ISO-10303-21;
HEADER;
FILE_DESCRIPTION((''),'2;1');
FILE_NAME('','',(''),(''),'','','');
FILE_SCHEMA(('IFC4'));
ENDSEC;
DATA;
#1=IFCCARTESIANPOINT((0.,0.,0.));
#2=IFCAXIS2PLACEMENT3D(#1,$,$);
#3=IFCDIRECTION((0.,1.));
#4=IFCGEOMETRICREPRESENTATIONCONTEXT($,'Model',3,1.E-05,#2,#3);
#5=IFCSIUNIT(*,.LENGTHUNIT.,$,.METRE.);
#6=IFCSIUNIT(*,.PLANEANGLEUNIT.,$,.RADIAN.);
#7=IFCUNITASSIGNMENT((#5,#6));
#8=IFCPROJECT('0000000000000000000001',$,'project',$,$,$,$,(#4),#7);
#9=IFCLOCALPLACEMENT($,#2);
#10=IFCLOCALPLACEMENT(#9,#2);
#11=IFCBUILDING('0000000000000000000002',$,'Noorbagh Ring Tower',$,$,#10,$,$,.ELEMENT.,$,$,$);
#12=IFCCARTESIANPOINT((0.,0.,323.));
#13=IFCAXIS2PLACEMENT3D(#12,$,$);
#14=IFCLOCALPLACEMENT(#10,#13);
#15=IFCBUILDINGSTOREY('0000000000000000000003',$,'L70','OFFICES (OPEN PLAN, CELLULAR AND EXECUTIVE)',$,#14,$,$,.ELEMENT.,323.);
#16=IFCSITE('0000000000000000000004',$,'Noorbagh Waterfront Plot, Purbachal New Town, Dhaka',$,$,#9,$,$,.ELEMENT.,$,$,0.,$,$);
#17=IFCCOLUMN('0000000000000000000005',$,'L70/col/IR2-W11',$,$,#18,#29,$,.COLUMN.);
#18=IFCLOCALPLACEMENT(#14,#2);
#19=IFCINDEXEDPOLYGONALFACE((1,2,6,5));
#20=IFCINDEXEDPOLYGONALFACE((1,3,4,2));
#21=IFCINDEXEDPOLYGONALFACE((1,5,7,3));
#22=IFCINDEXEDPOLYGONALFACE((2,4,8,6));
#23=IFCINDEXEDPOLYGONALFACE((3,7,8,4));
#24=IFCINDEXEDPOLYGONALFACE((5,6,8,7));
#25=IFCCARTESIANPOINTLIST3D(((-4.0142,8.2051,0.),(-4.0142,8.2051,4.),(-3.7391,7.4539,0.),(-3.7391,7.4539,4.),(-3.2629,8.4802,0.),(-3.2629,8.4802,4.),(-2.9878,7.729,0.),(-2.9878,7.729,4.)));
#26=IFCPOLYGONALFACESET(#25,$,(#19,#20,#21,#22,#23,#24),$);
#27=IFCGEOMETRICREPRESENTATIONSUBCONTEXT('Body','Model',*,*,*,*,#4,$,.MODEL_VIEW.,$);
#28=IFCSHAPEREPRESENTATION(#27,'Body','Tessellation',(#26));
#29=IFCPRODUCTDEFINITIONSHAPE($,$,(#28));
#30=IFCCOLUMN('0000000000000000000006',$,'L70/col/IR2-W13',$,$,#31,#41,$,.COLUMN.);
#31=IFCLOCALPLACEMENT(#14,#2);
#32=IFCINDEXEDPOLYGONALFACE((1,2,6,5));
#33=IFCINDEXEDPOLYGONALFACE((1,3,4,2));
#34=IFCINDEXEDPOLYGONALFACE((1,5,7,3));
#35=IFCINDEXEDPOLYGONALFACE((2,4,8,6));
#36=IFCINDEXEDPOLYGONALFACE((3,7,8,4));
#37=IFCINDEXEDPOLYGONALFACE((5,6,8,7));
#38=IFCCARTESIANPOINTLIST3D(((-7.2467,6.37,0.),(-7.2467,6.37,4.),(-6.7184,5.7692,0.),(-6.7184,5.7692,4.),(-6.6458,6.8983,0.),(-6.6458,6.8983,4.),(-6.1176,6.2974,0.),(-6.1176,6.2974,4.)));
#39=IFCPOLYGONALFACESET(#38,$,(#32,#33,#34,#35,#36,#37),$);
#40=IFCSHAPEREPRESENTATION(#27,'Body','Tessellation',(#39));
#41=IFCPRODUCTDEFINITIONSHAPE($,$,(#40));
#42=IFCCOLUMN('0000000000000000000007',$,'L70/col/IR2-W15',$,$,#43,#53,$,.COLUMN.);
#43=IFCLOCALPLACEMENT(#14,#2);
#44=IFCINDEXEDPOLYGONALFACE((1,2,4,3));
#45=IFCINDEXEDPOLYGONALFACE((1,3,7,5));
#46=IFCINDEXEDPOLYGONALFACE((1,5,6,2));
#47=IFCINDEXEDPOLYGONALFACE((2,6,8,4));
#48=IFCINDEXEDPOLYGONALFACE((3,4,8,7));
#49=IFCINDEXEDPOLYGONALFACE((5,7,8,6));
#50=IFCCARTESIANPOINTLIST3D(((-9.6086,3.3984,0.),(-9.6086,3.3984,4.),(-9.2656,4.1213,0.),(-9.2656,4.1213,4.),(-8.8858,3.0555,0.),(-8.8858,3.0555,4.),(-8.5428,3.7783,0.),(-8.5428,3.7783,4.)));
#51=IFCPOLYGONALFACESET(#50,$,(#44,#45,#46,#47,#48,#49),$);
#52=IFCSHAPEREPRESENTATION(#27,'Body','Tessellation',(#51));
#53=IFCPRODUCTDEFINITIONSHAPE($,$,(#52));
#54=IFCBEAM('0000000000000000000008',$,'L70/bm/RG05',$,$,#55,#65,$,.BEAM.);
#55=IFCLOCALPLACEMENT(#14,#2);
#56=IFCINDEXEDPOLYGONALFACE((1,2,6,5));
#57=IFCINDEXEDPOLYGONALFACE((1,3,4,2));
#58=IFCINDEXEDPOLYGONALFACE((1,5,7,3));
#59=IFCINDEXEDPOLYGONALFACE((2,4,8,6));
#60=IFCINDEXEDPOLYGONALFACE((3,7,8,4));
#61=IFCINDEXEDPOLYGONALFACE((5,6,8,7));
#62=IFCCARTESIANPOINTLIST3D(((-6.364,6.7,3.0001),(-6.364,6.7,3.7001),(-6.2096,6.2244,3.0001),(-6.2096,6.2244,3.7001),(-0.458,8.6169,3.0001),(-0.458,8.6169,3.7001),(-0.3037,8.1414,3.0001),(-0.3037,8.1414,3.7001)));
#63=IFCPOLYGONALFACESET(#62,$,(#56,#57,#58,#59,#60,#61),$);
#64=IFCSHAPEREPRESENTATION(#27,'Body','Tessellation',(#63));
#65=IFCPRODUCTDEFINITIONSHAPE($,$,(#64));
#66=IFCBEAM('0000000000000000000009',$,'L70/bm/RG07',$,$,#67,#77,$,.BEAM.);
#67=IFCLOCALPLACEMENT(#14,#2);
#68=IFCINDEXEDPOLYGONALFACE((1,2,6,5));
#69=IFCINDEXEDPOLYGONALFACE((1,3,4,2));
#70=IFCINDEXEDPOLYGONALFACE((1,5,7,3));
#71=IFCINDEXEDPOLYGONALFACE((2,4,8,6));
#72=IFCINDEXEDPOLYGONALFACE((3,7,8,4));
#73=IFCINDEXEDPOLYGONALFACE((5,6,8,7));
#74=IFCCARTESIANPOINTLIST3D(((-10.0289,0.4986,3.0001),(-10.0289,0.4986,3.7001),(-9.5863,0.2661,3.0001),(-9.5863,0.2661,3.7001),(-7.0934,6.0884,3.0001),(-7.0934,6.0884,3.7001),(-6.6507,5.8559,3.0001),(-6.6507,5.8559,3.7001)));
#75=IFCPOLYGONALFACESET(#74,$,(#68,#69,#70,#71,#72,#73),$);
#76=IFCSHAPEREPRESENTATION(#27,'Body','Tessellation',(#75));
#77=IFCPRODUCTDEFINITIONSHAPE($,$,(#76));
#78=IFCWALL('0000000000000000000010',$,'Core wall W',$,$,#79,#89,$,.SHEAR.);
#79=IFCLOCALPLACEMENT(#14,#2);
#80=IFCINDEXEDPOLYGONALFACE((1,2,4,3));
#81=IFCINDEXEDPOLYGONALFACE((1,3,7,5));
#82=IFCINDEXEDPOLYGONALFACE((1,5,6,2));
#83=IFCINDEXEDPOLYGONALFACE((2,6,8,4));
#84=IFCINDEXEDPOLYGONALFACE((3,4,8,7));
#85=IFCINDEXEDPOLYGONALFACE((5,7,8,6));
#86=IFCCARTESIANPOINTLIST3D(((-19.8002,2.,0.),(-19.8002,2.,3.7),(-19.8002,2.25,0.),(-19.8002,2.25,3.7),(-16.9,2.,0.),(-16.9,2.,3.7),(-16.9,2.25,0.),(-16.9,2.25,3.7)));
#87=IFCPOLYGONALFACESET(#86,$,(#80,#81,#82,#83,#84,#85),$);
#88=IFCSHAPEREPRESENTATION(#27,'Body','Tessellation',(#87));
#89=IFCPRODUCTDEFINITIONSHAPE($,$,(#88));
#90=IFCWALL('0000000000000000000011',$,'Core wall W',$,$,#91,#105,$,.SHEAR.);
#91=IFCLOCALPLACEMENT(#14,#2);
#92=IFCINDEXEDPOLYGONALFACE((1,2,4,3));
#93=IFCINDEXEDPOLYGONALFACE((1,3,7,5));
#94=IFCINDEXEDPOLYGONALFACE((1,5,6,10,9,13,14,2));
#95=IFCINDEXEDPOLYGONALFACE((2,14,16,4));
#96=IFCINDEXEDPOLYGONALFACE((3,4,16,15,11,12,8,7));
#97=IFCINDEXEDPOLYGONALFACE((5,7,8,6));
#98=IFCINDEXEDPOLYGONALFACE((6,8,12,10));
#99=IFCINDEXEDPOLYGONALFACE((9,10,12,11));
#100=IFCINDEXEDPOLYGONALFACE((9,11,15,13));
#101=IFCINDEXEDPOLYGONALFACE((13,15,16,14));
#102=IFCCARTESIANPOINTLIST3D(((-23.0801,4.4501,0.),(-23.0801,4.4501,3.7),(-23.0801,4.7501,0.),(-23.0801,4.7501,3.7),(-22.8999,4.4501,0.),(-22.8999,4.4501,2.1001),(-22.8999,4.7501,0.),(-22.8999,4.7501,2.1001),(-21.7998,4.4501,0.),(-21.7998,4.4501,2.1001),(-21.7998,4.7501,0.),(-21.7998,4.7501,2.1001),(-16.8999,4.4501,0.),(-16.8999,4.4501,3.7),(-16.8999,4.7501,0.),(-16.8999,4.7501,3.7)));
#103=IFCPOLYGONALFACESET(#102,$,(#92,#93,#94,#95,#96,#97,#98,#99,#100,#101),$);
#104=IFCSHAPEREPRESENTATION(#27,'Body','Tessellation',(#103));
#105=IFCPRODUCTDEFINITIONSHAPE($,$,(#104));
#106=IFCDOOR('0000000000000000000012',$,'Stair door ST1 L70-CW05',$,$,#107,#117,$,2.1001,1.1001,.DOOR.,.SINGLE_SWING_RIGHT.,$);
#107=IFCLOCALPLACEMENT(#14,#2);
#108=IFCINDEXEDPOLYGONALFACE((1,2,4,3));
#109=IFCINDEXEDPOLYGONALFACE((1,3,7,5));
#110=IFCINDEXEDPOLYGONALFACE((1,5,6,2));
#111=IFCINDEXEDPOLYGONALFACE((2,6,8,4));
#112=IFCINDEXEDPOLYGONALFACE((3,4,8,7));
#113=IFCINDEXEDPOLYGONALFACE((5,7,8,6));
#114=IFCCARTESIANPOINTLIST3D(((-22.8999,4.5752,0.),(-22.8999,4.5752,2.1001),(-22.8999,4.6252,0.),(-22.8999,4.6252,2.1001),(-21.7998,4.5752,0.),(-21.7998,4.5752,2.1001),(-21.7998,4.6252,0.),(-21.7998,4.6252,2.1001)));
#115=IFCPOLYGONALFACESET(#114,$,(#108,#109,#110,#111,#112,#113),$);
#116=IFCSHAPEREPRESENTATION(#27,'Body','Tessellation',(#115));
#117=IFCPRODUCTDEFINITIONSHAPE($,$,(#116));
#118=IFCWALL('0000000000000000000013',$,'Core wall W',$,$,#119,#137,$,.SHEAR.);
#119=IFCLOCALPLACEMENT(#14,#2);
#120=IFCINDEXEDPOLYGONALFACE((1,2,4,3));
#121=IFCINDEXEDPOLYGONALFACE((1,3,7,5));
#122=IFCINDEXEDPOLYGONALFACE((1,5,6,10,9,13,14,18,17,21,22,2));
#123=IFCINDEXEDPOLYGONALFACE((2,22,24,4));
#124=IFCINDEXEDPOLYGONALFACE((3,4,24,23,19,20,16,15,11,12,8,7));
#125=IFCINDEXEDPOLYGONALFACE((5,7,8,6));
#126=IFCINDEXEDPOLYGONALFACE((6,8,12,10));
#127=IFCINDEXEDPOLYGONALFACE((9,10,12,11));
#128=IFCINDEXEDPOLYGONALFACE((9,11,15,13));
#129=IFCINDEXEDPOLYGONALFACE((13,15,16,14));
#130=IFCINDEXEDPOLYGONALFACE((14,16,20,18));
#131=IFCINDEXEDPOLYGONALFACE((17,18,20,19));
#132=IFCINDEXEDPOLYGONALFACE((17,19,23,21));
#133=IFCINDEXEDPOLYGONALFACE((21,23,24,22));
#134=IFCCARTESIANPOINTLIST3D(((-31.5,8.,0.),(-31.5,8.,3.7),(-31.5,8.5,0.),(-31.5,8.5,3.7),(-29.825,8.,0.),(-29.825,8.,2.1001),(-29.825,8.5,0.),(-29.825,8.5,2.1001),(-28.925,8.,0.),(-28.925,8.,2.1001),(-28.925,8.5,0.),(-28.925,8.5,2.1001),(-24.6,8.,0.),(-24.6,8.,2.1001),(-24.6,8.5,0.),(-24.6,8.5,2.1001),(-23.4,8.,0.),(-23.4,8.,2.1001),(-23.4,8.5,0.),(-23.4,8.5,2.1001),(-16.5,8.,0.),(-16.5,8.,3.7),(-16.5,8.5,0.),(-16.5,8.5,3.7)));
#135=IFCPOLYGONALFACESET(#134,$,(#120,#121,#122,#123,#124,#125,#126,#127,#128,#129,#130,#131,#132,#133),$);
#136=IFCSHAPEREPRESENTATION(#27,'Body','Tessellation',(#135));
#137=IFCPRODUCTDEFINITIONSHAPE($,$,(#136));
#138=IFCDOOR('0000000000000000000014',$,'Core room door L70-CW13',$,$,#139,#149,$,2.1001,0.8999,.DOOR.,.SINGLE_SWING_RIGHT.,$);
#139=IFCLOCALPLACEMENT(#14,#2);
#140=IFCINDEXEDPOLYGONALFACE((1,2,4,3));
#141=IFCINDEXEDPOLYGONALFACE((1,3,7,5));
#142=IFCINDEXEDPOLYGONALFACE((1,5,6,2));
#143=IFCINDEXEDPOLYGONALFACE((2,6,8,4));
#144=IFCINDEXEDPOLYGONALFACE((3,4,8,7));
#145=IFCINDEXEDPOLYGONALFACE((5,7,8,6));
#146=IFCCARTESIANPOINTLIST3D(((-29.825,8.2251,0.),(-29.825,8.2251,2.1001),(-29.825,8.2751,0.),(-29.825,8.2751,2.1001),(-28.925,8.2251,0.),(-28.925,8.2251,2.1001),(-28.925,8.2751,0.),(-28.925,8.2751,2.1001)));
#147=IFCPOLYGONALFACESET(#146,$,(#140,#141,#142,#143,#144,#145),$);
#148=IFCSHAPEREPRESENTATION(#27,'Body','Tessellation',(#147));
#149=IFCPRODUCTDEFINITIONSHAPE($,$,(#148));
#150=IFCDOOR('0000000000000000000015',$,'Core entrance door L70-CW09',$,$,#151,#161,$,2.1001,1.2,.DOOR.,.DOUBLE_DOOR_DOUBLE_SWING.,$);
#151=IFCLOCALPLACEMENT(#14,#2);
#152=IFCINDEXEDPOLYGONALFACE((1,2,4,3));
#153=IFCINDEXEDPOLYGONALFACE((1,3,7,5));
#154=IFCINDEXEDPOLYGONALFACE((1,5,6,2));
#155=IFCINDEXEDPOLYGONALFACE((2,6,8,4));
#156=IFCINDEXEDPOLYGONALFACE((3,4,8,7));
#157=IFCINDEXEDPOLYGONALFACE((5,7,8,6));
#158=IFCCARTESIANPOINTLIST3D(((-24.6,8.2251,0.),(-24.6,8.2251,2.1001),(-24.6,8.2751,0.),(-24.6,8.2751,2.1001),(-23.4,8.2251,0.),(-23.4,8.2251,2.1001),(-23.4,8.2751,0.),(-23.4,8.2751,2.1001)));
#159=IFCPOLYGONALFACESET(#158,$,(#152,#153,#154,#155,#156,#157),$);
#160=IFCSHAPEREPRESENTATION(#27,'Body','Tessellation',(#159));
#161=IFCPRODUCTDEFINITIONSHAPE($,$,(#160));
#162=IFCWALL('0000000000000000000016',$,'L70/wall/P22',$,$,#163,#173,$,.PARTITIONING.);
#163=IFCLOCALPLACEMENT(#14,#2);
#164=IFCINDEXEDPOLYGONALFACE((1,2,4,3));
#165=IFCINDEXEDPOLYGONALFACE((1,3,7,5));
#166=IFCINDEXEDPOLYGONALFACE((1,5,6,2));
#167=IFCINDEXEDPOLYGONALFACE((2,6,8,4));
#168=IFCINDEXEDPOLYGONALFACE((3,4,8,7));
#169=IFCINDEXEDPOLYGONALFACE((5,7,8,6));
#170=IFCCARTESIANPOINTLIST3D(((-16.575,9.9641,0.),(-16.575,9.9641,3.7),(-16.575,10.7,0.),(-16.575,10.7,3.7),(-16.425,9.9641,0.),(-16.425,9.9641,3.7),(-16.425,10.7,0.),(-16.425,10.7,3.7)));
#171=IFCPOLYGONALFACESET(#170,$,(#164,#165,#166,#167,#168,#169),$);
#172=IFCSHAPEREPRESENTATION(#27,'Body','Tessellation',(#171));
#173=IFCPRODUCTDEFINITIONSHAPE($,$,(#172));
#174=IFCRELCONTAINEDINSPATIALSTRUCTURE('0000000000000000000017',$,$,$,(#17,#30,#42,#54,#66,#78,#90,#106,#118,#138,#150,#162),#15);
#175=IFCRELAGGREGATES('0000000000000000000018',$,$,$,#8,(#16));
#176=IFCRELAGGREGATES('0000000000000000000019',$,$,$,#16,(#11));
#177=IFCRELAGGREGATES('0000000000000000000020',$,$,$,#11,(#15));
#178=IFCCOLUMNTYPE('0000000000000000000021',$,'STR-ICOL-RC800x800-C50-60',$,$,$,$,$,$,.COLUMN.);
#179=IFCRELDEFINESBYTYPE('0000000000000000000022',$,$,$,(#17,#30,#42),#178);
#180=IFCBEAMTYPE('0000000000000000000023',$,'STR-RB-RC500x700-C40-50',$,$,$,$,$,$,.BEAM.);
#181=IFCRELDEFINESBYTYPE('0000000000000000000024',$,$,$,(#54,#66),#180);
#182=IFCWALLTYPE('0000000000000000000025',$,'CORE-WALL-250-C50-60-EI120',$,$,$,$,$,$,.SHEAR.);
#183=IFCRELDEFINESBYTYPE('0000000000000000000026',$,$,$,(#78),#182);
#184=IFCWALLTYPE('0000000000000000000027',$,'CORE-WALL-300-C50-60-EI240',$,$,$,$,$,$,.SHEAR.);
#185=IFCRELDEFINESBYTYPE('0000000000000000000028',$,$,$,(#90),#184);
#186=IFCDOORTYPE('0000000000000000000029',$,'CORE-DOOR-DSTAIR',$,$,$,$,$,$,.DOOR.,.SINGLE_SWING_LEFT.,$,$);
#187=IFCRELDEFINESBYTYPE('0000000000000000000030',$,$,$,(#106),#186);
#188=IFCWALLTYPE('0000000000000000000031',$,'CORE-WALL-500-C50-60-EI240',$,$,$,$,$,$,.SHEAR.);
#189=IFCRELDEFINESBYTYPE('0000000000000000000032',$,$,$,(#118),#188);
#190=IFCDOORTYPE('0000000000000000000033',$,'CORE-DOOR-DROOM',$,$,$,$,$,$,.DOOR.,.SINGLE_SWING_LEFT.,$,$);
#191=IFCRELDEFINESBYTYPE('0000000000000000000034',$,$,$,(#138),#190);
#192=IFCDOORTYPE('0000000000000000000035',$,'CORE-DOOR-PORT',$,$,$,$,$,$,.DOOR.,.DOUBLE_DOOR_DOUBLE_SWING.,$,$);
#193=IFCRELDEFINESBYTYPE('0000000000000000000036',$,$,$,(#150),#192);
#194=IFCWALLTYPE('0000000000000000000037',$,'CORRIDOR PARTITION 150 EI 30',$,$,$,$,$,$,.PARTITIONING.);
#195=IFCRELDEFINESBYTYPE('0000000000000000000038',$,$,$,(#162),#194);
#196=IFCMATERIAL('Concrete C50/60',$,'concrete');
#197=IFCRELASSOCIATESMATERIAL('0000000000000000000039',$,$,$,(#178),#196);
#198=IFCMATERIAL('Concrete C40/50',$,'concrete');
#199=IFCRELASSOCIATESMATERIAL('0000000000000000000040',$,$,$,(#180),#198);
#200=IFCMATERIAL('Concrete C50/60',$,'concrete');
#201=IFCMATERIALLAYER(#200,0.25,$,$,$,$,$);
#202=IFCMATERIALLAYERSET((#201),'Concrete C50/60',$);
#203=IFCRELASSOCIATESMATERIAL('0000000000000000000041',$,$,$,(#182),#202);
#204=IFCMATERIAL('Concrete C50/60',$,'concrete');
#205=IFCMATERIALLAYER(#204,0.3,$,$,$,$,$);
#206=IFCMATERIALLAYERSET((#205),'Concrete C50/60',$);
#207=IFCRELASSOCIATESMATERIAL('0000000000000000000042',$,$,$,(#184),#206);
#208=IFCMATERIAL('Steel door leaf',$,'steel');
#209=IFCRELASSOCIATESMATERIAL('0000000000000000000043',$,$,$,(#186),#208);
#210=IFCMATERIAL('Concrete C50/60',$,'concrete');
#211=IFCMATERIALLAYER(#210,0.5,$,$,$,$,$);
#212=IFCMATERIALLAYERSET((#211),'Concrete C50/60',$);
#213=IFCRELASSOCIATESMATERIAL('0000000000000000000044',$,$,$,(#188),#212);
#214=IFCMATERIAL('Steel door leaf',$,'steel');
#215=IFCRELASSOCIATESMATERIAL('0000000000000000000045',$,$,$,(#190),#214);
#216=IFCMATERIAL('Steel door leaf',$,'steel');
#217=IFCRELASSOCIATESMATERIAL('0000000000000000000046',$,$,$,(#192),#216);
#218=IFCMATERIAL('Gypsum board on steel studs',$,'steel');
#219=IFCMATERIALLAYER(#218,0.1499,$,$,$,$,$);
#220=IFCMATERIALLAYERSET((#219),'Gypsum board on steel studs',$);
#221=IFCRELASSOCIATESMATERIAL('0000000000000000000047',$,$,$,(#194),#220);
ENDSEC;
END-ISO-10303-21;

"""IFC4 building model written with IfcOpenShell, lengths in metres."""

from ifc_helpers import new_model, si_unit, direction, frame, frame_2d, origin, origin_2d, place, context, subcontext, project, spatial, rectangle, extrude, material, layer, layer_set, material_profile, profile_set, type_object, element, fill, save


model = new_model("IFC4")

# Units and contexts
model_context = context("Model", 3, precision=1e-05, world=origin(), true_north=direction((0.0, 1.0)))
body_context = subcontext(model_context, "Body", "Model", "MODEL_VIEW")
ifc_project = project(units=[si_unit("LENGTHUNIT", "METRE"), si_unit("PLANEANGLEUNIT", "RADIAN")], contexts=[model_context])

# Site, building, storey
site_placement = place(None, origin())
site = spatial("IfcSite", under=ifc_project, at=site_placement, Name="Noorbagh Waterfront Plot, Purbachal New Town, Dhaka", CompositionType="ELEMENT", RefElevation=0.0)
building_placement = place(site_placement, origin())
building = spatial("IfcBuilding", under=site, at=building_placement, Name="Noorbagh Ring Tower", CompositionType="ELEMENT")
storey_placement = place(building_placement, frame((0.0, 0.0, 323.0)))
storey = spatial("IfcBuildingStorey", under=building, at=storey_placement, Name="L70", Description="OFFICES (OPEN PLAN, CELLULAR AND EXECUTIVE)", CompositionType="ELEMENT", Elevation=323.0)

# Columns
ifc_material_1 = material(Name="Concrete C50/60", Category="concrete")
ifc_material_profile_1 = material_profile(ifc_material_1, rectangle(XDim=0.8, YDim=0.8, at=origin_2d()), Name="RC800x800")
ifc_profile_set_1 = profile_set([ifc_material_profile_1], Name="Concrete C50/60")
column_type = type_object("IfcColumnType", Name="STR-ICOL-RC800x800-C50-60", PredefinedType="COLUMN", material=ifc_profile_set_1)
for number, where, z_axis, x_axis, name in (
    (1, (-3.501, 7.967, 0.0), (0.0, 0.0, 1.0), (-0.93902, -0.343864, 0.0), "L70/col/IR2-W11"),
    (2, (-6.6821, 6.3337, 0.0), (0.0, 0.0, 1.0), (-0.751022, -0.660277, 0.0), "L70/col/IR2-W13"),
    (3, (-9.0757, 3.5884, 0.0), (0.0, 0.0, 1.0), (-0.428667, -0.903463, 0.0), "L70/col/IR2-W15"),
):
    element("IfcColumn", number, at=place(storey_placement, frame(where, z_axis=z_axis, x_axis=x_axis)), inside=storey, type_object=column_type, Name=name, PredefinedType="COLUMN", context=body_context, shape_type="SweptSolid", body=[
        extrude(rectangle(XDim=0.8, YDim=0.8, at=origin_2d()), origin(), (0.0, 0.0, 1.0), 4.0),
    ])

# Beams
ifc_material_2 = material(Name="Concrete C40/50", Category="concrete")
ifc_material_profile_2 = material_profile(ifc_material_2, rectangle(XDim=0.5, YDim=0.7, at=origin_2d()), Name="RC500x700")
ifc_profile_set_2 = profile_set([ifc_material_profile_2], Name="Concrete C40/50")
beam_type = type_object("IfcBeamType", Name="STR-RB-RC500x700-C40-50", PredefinedType="BEAM", material=ifc_profile_set_2)
beam_1_placement = place(storey_placement, frame((-0.3809, 8.3792, 3.3501), z_axis=(-0.95115, -0.308728, 0.0), x_axis=(0.308728, -0.95115, 0.0)))
element("IfcBeam", 4, at=beam_1_placement, inside=storey, type_object=beam_type, Name="L70/bm/RG05", PredefinedType="BEAM", context=body_context, shape_type="SweptSolid", body=[
    extrude(rectangle(XDim=0.5, YDim=0.7, at=origin_2d()), origin(), (0.0, 0.0, 1.0), 6.2092),
])
beam_2_placement = place(storey_placement, frame((-6.8721, 5.9722, 3.3501), z_axis=(-0.464943, -0.885341, 0.0), x_axis=(0.885341, -0.464943, 0.0)))
element("IfcBeam", 5, at=beam_2_placement, inside=storey, type_object=beam_type, Name="L70/bm/RG07", PredefinedType="BEAM", context=body_context, shape_type="SweptSolid", body=[
    extrude(rectangle(XDim=0.5, YDim=0.7, at=origin_2d()), origin(), (0.0, 0.0, 1.0), 6.3137),
])

# Wall
ifc_material_3 = material(Name="Concrete C50/60", Category="concrete")
ifc_layer_1 = layer(ifc_material_3, 0.25)
ifc_layer_set_1 = layer_set([ifc_layer_1], Name="Concrete C50/60")
wall_type_1 = type_object("IfcWallType", Name="CORE-WALL-250-C50-60-EI120", PredefinedType="SHEAR", material=ifc_layer_set_1)
wall_1_placement = place(storey_placement, frame((-16.8999, 2.125, 0.0), z_axis=(0.0, 0.0, 1.0), x_axis=(-1.0, 0.0, 0.0)))
element("IfcWall", 6, at=wall_1_placement, inside=storey, type_object=wall_type_1, Name="Core wall W", PredefinedType="SHEAR", context=body_context, shape_type="SweptSolid", body=[
    extrude(rectangle(XDim=2.9001, YDim=0.25, at=frame_2d((1.4502, 0.0))), origin(), (0.0, 0.0, 1.0), 3.7),
])

# Wall, opening, door
ifc_material_4 = material(Name="Concrete C50/60", Category="concrete")
ifc_layer_2 = layer(ifc_material_4, 0.3)
ifc_layer_set_2 = layer_set([ifc_layer_2], Name="Concrete C50/60")
wall_type_2 = type_object("IfcWallType", Name="CORE-WALL-300-C50-60-EI240", PredefinedType="SHEAR", material=ifc_layer_set_2)
wall_2_placement = place(storey_placement, frame((-16.8999, 4.6001, 0.0), z_axis=(0.0, 0.0, 1.0), x_axis=(-1.0, 0.0, 0.0)))
wall_2 = element("IfcWall", 7, at=wall_2_placement, inside=storey, type_object=wall_type_2, Name="Core wall W", PredefinedType="SHEAR", context=body_context, shape_type="SweptSolid", body=[
    extrude(rectangle(XDim=6.1802, YDim=0.3, at=frame_2d((3.0901, 0.0))), origin(), (0.0, 0.0, 1.0), 3.7),
])
opening_1_placement = place(wall_2_placement, frame((4.8999, 0.0, 0.0)))
opening_1 = element("IfcOpeningElement", 8, at=opening_1_placement, cuts=wall_2, PredefinedType="OPENING", context=body_context, shape_type="SweptSolid", body=[
    extrude(rectangle(XDim=1.1001, YDim=2.1001, at=frame_2d((0.55, 1.05))), frame((0.0, 0.1602, 0.0), z_axis=(0.0, -1.0, 0.0), x_axis=(1.0, 0.0, 0.0)), (0.0, 0.0, 1.0), 0.3201),
])
ifc_material_5 = material(Name="Steel door leaf", Category="steel")
door_type_1 = type_object("IfcDoorType", Name="CORE-DOOR-DSTAIR", OperationType="SINGLE_SWING_LEFT", PredefinedType="DOOR", material=ifc_material_5)
door_1_placement = place(opening_1_placement, origin())
door_1 = element("IfcDoor", 9, at=door_1_placement, inside=storey, type_object=door_type_1, Name="Stair door ST1 L70-CW05", OperationType="SINGLE_SWING_RIGHT", OverallHeight=2.1001, OverallWidth=1.1001, PredefinedType="DOOR", context=body_context, shape_type="SweptSolid", body=[
    extrude(rectangle(XDim=1.1001, YDim=2.1001, at=frame_2d((0.55, 1.05))), frame((0.0, 0.0249, 0.0), z_axis=(0.0, -1.0, 0.0), x_axis=(1.0, 0.0, 0.0)), (0.0, 0.0, 1.0), 0.05),
])
fill(opening_1, door_1)

# Wall, openings, doors
ifc_material_6 = material(Name="Concrete C50/60", Category="concrete")
ifc_layer_3 = layer(ifc_material_6, 0.5)
ifc_layer_set_3 = layer_set([ifc_layer_3], Name="Concrete C50/60")
wall_type_3 = type_object("IfcWallType", Name="CORE-WALL-500-C50-60-EI240", PredefinedType="SHEAR", material=ifc_layer_set_3)
wall_3_placement = place(storey_placement, frame((-16.5, 8.25, 0.0), z_axis=(0.0, 0.0, 1.0), x_axis=(-1.0, 0.0, 0.0)))
wall_3 = element("IfcWall", 10, at=wall_3_placement, inside=storey, type_object=wall_type_3, Name="Core wall W", PredefinedType="SHEAR", context=body_context, shape_type="SweptSolid", body=[
    extrude(rectangle(XDim=15.0, YDim=0.5, at=frame_2d((7.5, 0.0))), origin(), (0.0, 0.0, 1.0), 3.7),
])
opening_2_placement = place(wall_3_placement, frame((6.8999, 0.0, 0.0)))
opening_2 = element("IfcOpeningElement", 11, at=opening_2_placement, cuts=wall_3, PredefinedType="OPENING", context=body_context, shape_type="SweptSolid", body=[
    extrude(rectangle(XDim=1.2, YDim=2.1001, at=frame_2d((0.6001, 1.05))), frame((0.0, 0.26, 0.0), z_axis=(0.0, -1.0, 0.0), x_axis=(1.0, 0.0, 0.0)), (0.0, 0.0, 1.0), 0.52),
])
opening_3_placement = place(wall_3_placement, frame((12.425, 0.0, 0.0)))
opening_3 = element("IfcOpeningElement", 12, at=opening_3_placement, cuts=wall_3, PredefinedType="OPENING", context=body_context, shape_type="SweptSolid", body=[
    extrude(rectangle(XDim=0.8999, YDim=2.1001, at=frame_2d((0.45, 1.05))), frame((0.0, 0.26, 0.0), z_axis=(0.0, -1.0, 0.0), x_axis=(1.0, 0.0, 0.0)), (0.0, 0.0, 1.0), 0.52),
])
ifc_material_7 = material(Name="Steel door leaf", Category="steel")
door_type_2 = type_object("IfcDoorType", Name="CORE-DOOR-DROOM", OperationType="SINGLE_SWING_LEFT", PredefinedType="DOOR", material=ifc_material_7)
door_2_placement = place(opening_3_placement, origin())
door_2 = element("IfcDoor", 13, at=door_2_placement, inside=storey, type_object=door_type_2, Name="Core room door L70-CW13", OperationType="SINGLE_SWING_RIGHT", OverallHeight=2.1001, OverallWidth=0.8999, PredefinedType="DOOR", context=body_context, shape_type="SweptSolid", body=[
    extrude(rectangle(XDim=0.8999, YDim=2.1001, at=frame_2d((0.45, 1.05))), frame((0.0, 0.0249, 0.0), z_axis=(0.0, -1.0, 0.0), x_axis=(1.0, 0.0, 0.0)), (0.0, 0.0, 1.0), 0.05),
])
fill(opening_3, door_2)
ifc_material_8 = material(Name="Steel door leaf", Category="steel")
door_type_3 = type_object("IfcDoorType", Name="CORE-DOOR-PORT", OperationType="DOUBLE_DOOR_DOUBLE_SWING", PredefinedType="DOOR", material=ifc_material_8)
door_3_placement = place(opening_2_placement, origin())
door_3 = element("IfcDoor", 14, at=door_3_placement, inside=storey, type_object=door_type_3, Name="Core entrance door L70-CW09", OperationType="DOUBLE_DOOR_DOUBLE_SWING", OverallHeight=2.1001, OverallWidth=1.2, PredefinedType="DOOR", context=body_context, shape_type="SweptSolid", body=[
    extrude(rectangle(XDim=1.2, YDim=2.1001, at=frame_2d((0.6001, 1.05))), frame((0.0, 0.0249, 0.0), z_axis=(0.0, -1.0, 0.0), x_axis=(1.0, 0.0, 0.0)), (0.0, 0.0, 1.0), 0.05),
])
fill(opening_2, door_3)

# Wall
ifc_material_9 = material(Name="Gypsum board on steel studs", Category="steel")
ifc_layer_4 = layer(ifc_material_9, 0.1499)
ifc_layer_set_4 = layer_set([ifc_layer_4], Name="Gypsum board on steel studs")
wall_type_4 = type_object("IfcWallType", Name="CORRIDOR PARTITION 150 EI 30", PredefinedType="PARTITIONING", material=ifc_layer_set_4)
wall_4_placement = place(storey_placement, frame((-16.5, 9.9641, 0.0), z_axis=(0.0, 0.0, 1.0), x_axis=(0.0, 1.0, 0.0)))
element("IfcWall", 15, at=wall_4_placement, inside=storey, type_object=wall_type_4, Name="L70/wall/P22", PredefinedType="PARTITIONING", context=body_context, shape_type="SweptSolid", body=[
    extrude(rectangle(XDim=0.7358, YDim=0.1499, at=frame_2d((0.3679, 0.0))), origin(), (0.0, 0.0, 1.0), 3.7),
])

save(model, "model.ifc")
